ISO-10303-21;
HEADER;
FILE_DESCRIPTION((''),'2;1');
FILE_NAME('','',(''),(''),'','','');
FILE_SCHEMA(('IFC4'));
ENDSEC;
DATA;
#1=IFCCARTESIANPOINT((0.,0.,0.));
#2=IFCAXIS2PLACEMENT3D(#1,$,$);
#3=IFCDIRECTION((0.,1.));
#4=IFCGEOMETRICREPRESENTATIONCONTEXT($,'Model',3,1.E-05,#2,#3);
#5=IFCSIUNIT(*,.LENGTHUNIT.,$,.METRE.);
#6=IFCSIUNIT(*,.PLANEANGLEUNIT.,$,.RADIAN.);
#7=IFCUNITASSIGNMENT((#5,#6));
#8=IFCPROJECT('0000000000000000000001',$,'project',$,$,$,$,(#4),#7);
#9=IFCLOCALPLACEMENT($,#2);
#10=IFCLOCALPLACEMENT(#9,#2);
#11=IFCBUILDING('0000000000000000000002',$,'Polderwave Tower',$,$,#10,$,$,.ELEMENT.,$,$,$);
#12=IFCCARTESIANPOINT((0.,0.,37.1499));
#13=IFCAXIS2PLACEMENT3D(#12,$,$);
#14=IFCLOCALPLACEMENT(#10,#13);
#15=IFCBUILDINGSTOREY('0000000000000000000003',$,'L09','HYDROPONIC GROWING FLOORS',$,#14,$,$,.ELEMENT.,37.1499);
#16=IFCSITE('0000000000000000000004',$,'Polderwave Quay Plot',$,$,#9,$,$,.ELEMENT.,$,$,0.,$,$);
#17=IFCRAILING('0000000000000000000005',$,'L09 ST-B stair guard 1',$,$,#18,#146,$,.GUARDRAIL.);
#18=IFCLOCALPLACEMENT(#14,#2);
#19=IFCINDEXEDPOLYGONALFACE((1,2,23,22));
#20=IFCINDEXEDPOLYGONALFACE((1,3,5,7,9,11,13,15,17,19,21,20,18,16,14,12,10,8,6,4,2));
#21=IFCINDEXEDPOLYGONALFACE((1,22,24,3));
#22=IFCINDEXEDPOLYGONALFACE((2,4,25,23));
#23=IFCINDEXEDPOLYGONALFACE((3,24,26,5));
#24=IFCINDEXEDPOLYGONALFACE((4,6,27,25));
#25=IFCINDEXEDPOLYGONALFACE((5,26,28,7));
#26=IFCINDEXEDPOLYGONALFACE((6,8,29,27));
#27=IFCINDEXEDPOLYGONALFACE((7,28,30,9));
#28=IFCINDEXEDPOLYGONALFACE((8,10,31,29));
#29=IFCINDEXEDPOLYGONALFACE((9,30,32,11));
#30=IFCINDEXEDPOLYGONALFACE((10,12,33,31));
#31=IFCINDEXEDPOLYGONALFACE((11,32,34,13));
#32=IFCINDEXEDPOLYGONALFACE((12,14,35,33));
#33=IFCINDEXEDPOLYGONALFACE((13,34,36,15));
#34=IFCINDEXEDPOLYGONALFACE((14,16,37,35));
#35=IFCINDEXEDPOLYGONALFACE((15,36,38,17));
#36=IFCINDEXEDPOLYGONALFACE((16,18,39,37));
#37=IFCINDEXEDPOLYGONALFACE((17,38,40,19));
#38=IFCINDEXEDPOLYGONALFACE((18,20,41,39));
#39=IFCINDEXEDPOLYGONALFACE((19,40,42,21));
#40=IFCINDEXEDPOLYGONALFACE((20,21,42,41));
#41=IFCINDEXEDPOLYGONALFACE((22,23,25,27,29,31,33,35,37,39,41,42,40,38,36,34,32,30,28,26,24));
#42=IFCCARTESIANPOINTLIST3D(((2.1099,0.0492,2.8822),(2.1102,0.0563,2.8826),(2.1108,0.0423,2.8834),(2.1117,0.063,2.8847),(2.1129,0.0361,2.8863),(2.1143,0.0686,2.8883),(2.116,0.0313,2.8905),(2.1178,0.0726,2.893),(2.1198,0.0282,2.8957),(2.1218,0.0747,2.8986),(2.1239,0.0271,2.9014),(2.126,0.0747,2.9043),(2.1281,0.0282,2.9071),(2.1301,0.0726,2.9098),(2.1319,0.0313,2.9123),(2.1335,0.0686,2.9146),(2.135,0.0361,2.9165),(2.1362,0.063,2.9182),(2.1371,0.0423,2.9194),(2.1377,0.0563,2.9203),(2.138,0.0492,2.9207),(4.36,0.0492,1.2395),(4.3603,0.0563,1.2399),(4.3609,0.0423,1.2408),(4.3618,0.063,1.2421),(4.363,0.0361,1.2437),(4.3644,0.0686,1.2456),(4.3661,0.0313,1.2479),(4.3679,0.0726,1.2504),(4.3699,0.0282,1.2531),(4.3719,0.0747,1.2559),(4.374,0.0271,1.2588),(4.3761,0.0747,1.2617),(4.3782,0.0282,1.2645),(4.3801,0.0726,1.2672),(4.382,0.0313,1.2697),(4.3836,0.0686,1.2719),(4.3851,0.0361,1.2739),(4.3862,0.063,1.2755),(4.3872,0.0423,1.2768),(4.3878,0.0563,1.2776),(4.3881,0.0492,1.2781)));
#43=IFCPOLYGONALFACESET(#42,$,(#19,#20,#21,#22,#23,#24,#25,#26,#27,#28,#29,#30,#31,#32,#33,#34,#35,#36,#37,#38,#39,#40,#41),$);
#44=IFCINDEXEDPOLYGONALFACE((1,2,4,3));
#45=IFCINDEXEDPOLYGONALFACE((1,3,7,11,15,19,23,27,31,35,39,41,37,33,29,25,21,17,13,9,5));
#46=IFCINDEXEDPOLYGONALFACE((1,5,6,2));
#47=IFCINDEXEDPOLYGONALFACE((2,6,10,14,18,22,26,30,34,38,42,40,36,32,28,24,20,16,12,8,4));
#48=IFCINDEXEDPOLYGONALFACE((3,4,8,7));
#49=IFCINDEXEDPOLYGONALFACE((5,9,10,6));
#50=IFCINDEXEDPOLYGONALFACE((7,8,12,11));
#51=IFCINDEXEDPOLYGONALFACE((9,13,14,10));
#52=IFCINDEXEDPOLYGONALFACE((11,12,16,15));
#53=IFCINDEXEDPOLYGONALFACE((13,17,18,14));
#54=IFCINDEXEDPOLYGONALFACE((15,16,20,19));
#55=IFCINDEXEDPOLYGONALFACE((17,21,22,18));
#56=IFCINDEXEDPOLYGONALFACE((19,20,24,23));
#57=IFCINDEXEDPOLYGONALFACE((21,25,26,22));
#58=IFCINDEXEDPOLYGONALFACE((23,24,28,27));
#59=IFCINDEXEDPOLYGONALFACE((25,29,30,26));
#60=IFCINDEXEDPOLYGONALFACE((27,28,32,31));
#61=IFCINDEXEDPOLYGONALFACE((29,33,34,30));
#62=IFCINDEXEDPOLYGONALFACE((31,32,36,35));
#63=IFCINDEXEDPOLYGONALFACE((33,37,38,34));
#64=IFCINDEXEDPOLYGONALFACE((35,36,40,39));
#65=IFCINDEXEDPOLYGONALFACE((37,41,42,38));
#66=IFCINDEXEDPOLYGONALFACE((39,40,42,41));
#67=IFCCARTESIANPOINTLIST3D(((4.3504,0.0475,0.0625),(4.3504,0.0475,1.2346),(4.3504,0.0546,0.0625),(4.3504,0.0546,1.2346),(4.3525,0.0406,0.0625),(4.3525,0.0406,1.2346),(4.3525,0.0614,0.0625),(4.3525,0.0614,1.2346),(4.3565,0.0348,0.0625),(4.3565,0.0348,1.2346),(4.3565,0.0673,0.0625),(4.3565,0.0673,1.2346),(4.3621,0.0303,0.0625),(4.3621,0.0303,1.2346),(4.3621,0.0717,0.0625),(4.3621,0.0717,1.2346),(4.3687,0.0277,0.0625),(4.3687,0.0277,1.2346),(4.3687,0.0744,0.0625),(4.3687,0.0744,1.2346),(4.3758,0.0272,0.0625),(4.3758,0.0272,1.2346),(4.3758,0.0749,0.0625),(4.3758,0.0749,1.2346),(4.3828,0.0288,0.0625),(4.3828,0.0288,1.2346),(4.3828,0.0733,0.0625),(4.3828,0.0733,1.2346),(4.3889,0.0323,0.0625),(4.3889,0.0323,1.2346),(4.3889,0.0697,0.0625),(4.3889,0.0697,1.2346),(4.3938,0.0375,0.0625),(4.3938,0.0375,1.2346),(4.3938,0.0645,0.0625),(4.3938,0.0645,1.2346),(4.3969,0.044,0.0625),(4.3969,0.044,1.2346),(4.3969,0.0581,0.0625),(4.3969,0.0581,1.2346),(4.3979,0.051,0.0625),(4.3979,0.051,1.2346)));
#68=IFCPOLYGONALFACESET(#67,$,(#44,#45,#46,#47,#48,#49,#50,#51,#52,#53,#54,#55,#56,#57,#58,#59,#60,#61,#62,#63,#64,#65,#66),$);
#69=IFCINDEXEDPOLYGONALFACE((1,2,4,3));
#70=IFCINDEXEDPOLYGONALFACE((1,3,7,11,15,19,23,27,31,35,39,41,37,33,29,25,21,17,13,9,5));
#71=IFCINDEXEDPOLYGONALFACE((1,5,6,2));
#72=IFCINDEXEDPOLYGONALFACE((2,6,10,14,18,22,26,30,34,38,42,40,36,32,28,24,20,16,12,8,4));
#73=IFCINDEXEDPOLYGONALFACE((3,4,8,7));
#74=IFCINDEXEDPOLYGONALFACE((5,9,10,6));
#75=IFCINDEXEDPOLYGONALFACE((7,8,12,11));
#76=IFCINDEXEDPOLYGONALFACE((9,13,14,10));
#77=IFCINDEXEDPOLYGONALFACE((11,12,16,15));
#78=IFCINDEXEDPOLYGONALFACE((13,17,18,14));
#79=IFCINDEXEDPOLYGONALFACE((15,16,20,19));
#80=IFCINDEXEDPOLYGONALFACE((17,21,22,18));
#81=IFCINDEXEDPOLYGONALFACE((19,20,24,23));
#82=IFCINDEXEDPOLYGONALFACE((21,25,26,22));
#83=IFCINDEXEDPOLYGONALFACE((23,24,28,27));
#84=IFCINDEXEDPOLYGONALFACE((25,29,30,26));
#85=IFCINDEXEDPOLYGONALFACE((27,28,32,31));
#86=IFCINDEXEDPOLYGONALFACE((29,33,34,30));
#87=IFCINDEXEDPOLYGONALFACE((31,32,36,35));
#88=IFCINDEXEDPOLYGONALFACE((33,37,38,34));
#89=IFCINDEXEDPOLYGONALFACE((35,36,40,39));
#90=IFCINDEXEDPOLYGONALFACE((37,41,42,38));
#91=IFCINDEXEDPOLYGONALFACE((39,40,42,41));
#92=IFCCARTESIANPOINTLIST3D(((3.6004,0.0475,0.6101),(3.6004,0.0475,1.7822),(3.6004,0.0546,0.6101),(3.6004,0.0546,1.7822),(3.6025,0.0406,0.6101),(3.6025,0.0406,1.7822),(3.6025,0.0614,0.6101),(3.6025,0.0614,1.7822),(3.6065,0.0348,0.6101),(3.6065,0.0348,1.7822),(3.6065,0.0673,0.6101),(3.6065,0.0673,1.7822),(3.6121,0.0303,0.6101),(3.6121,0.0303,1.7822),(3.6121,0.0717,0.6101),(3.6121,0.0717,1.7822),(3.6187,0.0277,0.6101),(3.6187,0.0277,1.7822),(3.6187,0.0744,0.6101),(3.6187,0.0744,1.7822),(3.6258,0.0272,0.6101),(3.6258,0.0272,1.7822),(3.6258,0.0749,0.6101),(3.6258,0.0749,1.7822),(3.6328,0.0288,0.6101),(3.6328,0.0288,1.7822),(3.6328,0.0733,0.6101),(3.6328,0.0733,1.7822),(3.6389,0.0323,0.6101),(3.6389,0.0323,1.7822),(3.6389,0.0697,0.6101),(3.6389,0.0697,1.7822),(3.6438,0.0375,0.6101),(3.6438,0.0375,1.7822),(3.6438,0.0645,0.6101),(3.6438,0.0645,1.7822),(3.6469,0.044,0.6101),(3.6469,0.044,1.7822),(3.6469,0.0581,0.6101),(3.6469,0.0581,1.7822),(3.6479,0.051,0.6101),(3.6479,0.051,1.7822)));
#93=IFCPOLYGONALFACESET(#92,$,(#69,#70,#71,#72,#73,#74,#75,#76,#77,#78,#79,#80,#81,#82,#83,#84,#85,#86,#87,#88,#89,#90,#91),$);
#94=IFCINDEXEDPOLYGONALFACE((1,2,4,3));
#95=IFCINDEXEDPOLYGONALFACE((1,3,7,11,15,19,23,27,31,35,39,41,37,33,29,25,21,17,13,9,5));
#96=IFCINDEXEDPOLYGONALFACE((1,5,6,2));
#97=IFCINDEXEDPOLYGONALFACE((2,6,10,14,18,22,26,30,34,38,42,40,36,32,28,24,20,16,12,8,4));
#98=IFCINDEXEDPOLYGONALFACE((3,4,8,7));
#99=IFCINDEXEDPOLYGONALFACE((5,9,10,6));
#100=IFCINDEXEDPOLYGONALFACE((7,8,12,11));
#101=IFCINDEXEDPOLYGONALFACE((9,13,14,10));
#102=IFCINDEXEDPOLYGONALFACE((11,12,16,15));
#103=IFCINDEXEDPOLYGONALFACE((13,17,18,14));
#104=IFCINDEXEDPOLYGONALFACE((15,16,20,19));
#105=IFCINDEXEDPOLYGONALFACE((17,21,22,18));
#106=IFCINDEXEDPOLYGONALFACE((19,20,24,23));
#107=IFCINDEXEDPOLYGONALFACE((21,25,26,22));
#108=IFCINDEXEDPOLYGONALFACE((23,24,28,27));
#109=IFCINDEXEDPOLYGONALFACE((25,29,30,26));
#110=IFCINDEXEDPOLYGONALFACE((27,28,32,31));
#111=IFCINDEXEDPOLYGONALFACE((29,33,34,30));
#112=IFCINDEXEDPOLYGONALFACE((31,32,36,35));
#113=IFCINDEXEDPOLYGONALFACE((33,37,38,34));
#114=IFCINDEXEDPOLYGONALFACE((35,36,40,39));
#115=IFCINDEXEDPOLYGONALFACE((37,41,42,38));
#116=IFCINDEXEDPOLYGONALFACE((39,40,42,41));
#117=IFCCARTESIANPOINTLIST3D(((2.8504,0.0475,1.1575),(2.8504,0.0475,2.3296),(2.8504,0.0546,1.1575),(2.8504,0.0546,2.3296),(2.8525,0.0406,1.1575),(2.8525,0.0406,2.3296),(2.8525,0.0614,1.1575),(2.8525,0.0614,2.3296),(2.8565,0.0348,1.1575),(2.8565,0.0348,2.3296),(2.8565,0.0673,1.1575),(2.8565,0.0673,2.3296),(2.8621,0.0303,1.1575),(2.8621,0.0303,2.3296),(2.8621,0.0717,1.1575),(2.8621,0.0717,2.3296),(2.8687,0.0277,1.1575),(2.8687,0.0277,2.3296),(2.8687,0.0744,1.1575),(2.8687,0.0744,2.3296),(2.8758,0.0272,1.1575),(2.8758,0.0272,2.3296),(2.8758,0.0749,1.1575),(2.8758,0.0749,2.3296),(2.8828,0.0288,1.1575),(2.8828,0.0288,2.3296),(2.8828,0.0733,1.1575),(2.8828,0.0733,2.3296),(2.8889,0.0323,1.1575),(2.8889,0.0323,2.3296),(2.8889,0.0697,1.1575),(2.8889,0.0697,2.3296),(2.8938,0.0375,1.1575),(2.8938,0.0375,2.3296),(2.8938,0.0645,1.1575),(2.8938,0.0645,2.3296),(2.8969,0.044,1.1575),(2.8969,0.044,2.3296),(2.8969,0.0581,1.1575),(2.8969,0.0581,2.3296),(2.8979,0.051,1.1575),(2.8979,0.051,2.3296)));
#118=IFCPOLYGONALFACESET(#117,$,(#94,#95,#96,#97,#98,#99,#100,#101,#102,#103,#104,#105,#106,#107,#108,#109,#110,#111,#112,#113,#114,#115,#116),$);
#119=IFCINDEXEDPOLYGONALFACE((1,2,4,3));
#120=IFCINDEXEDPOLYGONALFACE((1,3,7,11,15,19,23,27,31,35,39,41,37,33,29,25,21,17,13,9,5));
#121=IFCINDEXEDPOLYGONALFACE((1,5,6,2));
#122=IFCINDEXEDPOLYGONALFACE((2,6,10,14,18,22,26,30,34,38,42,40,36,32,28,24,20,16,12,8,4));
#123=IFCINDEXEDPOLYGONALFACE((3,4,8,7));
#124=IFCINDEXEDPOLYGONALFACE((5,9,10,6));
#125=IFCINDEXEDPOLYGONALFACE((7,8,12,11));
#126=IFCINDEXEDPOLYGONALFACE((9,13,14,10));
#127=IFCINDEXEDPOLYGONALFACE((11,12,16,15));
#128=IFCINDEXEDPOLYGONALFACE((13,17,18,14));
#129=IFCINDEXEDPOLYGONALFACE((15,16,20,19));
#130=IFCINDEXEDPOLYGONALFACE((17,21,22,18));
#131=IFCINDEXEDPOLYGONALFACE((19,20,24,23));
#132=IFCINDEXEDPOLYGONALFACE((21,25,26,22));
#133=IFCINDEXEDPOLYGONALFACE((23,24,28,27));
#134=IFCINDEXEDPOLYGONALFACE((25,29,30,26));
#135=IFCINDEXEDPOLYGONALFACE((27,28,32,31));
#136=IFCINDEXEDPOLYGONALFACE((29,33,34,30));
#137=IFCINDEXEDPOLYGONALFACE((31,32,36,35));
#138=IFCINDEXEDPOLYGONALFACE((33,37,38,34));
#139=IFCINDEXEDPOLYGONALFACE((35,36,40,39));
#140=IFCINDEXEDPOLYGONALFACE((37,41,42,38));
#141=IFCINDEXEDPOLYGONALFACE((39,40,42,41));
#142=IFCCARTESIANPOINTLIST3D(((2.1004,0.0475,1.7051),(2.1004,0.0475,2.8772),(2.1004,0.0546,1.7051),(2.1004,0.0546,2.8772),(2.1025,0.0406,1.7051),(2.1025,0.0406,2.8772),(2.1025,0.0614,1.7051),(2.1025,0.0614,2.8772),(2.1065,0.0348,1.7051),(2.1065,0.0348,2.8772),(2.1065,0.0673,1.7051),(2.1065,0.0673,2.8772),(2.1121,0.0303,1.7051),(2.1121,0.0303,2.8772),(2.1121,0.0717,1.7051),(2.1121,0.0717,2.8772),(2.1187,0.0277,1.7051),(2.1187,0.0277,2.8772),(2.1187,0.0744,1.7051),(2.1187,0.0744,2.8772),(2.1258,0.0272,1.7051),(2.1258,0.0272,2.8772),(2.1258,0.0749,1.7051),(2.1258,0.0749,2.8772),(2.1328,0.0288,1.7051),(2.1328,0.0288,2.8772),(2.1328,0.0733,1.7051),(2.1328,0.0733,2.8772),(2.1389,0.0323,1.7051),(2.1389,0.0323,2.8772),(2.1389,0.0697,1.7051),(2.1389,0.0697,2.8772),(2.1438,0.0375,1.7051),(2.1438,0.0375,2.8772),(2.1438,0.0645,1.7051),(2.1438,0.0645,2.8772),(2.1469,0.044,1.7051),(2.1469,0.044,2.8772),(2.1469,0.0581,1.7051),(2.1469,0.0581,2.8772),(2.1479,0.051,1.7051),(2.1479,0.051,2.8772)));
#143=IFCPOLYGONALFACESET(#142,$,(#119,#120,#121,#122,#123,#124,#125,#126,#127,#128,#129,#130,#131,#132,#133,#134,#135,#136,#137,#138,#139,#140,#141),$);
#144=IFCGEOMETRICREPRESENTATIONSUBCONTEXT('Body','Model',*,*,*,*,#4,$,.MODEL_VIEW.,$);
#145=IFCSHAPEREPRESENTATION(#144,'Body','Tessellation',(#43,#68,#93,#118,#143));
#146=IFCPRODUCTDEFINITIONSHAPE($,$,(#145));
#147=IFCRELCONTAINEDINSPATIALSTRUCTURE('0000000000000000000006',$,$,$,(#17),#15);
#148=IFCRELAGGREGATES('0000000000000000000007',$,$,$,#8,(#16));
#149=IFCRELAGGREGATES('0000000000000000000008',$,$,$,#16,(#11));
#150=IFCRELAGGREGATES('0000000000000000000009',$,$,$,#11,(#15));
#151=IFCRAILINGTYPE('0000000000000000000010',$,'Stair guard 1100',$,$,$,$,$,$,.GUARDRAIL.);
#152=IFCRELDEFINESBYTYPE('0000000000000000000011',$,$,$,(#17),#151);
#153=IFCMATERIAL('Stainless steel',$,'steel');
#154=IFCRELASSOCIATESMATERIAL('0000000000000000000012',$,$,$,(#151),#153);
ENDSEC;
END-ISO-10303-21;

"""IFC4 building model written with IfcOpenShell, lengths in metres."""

from ifc_helpers import new_model, si_unit, direction, frame, origin, origin_2d, place, context, subcontext, project, spatial, circle, extrude, material, type_object, element, save


model = new_model("IFC4")

# Units and contexts
model_context = context("Model", 3, precision=1e-05, world=origin(), true_north=direction((0.0, 1.0)))
body_context = subcontext(model_context, "Body", "Model", "MODEL_VIEW")
ifc_project = project(units=[si_unit("LENGTHUNIT", "METRE"), si_unit("PLANEANGLEUNIT", "RADIAN")], contexts=[model_context])

# Site, building, storey
site_placement = place(None, origin())
site = spatial("IfcSite", under=ifc_project, at=site_placement, Name="Polderwave Quay Plot", CompositionType="ELEMENT", RefElevation=0.0)
building_placement = place(site_placement, origin())
building = spatial("IfcBuilding", under=site, at=building_placement, Name="Polderwave Tower", CompositionType="ELEMENT")
storey_placement = place(building_placement, frame((0.0, 0.0, 37.1499)))
storey = spatial("IfcBuildingStorey", under=building, at=storey_placement, Name="L09", Description="HYDROPONIC GROWING FLOORS", CompositionType="ELEMENT", Elevation=37.1499)

# Railing
ifc_material_1 = material(Name="Stainless steel", Category="steel")
railing_type_1 = type_object("IfcRailingType", Name="Stair guard 1100", PredefinedType="GUARDRAIL", material=ifc_material_1)
railing_1_placement = place(storey_placement, frame((4.374, 0.051, 0.0625)))
element("IfcRailing", 1, at=railing_1_placement, inside=storey, type_object=railing_type_1, Name="L09 ST-B stair guard 1", PredefinedType="GUARDRAIL", context=body_context, shape_type="SweptSolid", body=[
    extrude(circle(Radius=0.0239, at=origin_2d()), frame((0.0, 0.0, 1.1963), z_axis=(-0.807674, 0.0, 0.58963), x_axis=(0.0, -1.0, 0.0)), (0.0, 0.0, 1.0), 2.7859),
    extrude(circle(Radius=0.0239, at=origin_2d()), origin(), (0.0, 0.0, 1.0), 1.1721),
    extrude(circle(Radius=0.0239, at=origin_2d()), frame((-0.75, 0.0, 0.5476)), (0.0, 0.0, 1.0), 1.1721),
    extrude(circle(Radius=0.0239, at=origin_2d()), frame((-1.5, 0.0, 1.095)), (0.0, 0.0, 1.0), 1.1721),
    extrude(circle(Radius=0.0239, at=origin_2d()), frame((-2.25, 0.0, 1.6426)), (0.0, 0.0, 1.0), 1.1721),
])

save(model, "model.ifc")
